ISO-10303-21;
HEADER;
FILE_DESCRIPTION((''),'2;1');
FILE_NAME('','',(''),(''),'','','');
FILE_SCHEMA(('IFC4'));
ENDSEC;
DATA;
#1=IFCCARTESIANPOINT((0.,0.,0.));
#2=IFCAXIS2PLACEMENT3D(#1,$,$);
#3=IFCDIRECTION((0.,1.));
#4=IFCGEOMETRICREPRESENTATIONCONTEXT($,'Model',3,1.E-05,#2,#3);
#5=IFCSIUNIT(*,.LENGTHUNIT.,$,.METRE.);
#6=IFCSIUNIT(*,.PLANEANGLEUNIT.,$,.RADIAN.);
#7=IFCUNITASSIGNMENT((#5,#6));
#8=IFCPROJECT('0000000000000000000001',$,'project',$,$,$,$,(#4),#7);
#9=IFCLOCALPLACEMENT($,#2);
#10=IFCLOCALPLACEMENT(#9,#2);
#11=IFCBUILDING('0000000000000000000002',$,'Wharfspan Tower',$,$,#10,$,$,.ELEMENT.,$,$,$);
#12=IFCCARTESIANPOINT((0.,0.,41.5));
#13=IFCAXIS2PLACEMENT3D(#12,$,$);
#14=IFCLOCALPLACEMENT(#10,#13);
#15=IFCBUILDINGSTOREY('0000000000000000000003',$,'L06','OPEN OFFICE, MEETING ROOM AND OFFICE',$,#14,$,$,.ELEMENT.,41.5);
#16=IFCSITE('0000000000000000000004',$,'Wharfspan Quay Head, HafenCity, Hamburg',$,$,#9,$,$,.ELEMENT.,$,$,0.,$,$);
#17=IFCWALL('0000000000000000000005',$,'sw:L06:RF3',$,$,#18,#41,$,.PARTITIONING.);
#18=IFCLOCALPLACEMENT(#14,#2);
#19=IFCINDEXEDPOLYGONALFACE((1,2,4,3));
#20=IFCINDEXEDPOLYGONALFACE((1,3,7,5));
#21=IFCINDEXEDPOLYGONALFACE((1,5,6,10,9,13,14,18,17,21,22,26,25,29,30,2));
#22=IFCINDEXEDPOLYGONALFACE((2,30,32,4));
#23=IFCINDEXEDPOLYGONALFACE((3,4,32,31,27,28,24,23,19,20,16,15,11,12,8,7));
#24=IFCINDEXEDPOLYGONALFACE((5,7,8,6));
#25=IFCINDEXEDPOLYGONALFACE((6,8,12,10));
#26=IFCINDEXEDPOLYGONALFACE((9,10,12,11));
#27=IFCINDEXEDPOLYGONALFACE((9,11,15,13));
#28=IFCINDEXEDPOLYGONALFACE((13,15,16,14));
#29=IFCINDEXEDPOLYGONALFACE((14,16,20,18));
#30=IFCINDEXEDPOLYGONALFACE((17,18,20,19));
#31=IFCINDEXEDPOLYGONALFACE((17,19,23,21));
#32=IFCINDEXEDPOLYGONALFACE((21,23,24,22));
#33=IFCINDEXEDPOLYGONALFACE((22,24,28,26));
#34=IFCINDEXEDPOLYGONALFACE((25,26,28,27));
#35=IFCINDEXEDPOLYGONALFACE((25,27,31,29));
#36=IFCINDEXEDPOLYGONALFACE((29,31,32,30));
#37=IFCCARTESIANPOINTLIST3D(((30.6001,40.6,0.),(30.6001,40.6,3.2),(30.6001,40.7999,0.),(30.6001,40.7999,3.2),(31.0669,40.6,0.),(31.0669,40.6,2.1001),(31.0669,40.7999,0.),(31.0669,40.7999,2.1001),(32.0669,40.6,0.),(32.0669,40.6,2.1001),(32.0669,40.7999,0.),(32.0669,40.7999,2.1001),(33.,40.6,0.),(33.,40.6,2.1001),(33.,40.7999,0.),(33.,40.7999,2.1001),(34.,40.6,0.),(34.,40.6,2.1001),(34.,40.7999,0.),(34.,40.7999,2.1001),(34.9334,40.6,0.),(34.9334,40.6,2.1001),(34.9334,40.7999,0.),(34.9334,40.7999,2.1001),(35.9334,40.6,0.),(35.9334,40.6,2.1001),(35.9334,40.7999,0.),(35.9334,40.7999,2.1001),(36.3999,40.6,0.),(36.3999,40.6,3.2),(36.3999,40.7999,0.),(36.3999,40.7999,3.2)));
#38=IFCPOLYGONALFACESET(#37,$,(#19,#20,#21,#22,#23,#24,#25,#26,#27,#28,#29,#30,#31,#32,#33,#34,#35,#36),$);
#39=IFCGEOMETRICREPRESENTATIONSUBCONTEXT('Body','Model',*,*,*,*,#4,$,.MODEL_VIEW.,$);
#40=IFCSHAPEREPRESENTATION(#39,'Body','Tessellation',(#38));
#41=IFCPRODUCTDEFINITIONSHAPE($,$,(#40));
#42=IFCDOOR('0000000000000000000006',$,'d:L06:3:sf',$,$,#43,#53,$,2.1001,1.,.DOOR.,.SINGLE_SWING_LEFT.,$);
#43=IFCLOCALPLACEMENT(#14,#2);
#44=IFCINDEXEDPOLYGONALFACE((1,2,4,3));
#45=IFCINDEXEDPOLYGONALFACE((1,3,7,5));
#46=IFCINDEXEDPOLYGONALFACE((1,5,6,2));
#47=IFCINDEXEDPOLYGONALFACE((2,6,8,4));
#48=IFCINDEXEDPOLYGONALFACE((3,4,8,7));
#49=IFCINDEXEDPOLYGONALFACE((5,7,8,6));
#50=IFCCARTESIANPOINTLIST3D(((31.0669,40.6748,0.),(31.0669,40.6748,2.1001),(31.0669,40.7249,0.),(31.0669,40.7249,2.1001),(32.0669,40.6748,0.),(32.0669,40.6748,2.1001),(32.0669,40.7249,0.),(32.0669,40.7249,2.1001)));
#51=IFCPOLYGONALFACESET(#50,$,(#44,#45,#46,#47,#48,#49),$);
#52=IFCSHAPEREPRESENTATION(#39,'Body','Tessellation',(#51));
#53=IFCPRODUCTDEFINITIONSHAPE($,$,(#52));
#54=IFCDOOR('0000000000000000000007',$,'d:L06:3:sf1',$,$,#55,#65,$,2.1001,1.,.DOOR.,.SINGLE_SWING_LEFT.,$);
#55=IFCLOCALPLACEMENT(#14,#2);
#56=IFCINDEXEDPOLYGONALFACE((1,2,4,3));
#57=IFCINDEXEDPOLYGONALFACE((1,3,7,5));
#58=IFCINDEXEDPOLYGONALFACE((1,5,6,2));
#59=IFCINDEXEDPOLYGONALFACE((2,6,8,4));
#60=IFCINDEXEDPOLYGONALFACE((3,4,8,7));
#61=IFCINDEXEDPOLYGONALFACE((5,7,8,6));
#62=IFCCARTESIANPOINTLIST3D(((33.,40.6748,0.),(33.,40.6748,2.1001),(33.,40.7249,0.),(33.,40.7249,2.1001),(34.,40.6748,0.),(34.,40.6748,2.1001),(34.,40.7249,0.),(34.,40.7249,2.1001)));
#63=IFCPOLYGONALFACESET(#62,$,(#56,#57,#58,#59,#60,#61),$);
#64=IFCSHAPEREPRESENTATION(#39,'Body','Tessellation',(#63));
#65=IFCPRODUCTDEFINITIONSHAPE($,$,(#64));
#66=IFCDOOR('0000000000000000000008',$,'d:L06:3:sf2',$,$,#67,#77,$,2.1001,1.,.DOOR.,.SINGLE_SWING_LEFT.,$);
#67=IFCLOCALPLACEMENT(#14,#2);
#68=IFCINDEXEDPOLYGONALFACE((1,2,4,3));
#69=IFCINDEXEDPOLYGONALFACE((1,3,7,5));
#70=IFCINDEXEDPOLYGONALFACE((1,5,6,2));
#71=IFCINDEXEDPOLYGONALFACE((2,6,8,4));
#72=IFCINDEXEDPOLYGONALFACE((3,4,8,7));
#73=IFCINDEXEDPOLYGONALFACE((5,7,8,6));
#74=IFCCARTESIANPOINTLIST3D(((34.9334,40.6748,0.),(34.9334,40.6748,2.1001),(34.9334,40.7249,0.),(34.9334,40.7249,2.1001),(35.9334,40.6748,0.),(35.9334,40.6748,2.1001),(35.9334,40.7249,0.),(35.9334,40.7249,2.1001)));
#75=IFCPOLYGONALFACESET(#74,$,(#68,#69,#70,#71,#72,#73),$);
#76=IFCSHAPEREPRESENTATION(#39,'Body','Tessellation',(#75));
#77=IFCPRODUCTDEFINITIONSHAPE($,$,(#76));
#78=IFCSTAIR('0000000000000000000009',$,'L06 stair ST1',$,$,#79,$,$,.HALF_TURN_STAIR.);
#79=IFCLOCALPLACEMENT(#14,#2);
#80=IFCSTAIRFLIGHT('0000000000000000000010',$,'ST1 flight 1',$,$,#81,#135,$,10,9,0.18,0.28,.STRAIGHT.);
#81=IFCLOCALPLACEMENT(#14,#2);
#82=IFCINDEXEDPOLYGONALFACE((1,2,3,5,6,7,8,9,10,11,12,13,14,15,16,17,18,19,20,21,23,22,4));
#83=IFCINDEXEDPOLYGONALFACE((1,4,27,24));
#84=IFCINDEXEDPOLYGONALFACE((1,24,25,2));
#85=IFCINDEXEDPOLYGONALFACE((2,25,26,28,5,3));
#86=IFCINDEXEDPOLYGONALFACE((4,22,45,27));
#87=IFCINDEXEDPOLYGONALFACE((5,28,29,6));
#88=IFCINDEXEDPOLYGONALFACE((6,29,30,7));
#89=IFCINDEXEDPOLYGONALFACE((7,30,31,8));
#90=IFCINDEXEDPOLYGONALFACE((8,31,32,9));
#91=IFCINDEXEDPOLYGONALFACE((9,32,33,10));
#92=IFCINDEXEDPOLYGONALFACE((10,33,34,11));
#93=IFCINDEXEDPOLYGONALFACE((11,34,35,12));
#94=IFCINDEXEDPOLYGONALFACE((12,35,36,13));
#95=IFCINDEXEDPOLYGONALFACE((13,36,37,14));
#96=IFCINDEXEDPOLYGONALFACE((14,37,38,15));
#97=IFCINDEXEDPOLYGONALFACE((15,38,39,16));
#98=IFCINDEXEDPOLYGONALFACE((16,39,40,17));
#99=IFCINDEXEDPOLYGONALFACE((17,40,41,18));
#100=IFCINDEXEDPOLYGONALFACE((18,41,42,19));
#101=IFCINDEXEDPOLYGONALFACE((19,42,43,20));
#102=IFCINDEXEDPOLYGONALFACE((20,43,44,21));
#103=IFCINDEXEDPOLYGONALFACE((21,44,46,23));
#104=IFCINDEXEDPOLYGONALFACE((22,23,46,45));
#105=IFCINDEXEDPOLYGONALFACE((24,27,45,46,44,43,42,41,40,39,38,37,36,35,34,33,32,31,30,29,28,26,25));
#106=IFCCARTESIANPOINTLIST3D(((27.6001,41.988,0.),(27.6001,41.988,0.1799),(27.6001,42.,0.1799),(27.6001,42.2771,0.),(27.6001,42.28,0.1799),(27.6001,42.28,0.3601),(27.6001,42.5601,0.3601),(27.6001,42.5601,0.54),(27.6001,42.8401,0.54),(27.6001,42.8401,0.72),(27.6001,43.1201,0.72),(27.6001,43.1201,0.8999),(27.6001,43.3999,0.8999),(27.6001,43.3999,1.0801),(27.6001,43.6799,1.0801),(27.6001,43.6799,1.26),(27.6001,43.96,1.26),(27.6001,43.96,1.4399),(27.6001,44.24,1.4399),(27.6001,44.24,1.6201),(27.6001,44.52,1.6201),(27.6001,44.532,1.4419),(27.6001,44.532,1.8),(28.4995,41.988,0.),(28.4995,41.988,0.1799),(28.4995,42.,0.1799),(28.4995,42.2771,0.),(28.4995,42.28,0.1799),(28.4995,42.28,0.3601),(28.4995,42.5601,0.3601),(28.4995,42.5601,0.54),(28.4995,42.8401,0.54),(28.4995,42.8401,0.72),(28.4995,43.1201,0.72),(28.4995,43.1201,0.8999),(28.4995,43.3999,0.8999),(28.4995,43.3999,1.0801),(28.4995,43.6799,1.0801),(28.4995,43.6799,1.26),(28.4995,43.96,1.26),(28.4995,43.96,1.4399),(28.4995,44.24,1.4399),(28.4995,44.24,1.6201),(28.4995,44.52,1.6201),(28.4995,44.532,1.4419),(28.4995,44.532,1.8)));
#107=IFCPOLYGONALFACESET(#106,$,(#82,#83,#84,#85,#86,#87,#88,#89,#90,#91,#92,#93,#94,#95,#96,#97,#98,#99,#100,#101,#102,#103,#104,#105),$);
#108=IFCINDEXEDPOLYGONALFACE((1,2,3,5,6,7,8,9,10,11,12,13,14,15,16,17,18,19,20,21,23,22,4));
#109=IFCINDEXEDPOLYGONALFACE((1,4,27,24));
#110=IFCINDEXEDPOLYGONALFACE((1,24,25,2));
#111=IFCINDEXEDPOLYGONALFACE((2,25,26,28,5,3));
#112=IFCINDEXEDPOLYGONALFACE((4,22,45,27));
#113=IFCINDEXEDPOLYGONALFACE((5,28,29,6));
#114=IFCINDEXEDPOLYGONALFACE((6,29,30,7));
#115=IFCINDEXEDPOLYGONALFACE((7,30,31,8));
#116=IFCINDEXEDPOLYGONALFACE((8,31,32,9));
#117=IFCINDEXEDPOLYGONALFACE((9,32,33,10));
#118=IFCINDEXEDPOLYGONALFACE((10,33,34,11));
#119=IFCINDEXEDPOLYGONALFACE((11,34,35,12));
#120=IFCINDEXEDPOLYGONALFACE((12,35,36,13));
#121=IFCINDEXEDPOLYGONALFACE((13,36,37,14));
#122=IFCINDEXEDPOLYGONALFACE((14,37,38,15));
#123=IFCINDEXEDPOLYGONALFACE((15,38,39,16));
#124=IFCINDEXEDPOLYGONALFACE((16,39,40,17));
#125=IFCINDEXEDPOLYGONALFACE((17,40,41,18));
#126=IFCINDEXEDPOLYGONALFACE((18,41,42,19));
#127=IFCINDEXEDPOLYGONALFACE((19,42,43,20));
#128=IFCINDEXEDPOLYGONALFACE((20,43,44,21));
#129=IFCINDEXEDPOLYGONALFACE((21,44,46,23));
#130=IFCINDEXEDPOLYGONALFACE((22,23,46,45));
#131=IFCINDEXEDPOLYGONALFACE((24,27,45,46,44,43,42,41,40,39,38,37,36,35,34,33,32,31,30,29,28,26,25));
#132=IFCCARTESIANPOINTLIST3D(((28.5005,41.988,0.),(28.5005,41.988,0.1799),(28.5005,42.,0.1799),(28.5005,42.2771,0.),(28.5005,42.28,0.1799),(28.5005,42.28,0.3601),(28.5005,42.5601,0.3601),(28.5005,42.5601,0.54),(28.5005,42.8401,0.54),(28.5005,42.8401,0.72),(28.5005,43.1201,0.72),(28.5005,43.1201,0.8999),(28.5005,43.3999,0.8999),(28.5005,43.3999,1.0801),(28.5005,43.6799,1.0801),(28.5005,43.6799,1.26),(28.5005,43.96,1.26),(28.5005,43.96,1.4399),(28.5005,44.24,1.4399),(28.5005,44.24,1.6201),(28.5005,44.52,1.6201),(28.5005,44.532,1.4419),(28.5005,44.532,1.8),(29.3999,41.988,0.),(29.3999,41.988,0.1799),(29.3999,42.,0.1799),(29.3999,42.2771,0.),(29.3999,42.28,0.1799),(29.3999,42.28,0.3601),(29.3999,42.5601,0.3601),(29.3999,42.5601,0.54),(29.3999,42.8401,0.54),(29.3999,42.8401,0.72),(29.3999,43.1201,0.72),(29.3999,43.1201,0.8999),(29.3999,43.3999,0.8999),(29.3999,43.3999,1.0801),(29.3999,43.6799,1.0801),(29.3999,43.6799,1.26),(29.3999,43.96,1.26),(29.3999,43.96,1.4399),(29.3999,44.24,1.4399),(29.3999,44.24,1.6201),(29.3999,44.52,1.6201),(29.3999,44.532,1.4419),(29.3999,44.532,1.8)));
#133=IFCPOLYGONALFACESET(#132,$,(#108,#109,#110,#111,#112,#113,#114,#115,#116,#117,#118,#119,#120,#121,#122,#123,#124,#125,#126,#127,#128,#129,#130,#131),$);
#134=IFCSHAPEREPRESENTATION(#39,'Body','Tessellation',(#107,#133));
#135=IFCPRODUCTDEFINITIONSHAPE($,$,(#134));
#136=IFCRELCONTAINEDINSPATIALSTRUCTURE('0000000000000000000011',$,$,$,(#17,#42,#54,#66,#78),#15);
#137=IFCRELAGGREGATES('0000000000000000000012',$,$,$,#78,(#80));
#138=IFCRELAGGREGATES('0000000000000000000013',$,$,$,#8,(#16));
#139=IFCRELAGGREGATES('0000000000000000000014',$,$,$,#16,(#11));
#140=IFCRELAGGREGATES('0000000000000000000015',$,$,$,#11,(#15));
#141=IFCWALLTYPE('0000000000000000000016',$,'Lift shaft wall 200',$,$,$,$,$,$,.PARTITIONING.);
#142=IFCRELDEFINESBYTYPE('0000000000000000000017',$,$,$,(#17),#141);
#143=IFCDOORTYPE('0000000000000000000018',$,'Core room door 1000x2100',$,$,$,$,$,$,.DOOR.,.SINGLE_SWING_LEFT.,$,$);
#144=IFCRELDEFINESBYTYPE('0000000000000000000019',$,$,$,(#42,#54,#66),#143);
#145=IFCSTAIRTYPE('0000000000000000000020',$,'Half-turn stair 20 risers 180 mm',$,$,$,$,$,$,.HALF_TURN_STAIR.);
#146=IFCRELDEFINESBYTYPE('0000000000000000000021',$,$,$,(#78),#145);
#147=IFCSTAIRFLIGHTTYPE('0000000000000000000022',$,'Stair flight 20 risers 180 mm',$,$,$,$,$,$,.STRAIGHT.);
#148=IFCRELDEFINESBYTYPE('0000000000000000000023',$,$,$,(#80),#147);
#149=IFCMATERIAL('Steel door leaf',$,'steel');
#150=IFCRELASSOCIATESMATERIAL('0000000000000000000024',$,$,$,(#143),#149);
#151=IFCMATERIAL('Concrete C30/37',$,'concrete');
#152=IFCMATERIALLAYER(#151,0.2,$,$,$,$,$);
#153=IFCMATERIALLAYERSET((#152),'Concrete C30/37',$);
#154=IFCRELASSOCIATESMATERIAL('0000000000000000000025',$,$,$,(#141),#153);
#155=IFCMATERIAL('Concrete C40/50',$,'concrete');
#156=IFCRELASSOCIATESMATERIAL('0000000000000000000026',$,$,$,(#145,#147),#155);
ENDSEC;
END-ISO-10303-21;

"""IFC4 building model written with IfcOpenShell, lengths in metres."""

from ifc_helpers import new_model, si_unit, direction, frame, frame_2d, origin, place, context, subcontext, project, spatial, polyline, rectangle, outline, extrude, material, layer, layer_set, type_object, element, fill, aggregate, save


model = new_model("IFC4")

# Units and contexts
model_context = context("Model", 3, precision=1e-05, world=origin(), true_north=direction((0.0, 1.0)))
body_context = subcontext(model_context, "Body", "Model", "MODEL_VIEW")
ifc_project = project(units=[si_unit("LENGTHUNIT", "METRE"), si_unit("PLANEANGLEUNIT", "RADIAN")], contexts=[model_context])

# Site, building, storey
site_placement = place(None, origin())
site = spatial("IfcSite", under=ifc_project, at=site_placement, Name="Wharfspan Quay Head, HafenCity, Hamburg", CompositionType="ELEMENT", RefElevation=0.0)
building_placement = place(site_placement, origin())
building = spatial("IfcBuilding", under=site, at=building_placement, Name="Wharfspan Tower", CompositionType="ELEMENT")
storey_placement = place(building_placement, frame((0.0, 0.0, 41.5)))
storey = spatial("IfcBuildingStorey", under=building, at=storey_placement, Name="L06", Description="OPEN OFFICE, MEETING ROOM AND OFFICE", CompositionType="ELEMENT", Elevation=41.5)

# Shared definitions
ifc_material_1 = material(Name="Steel door leaf", Category="steel")

# Wall, openings, doors
door_type_1 = type_object("IfcDoorType", Name="Core room door 1000x2100", OperationType="SINGLE_SWING_LEFT", PredefinedType="DOOR", material=ifc_material_1)
ifc_material_2 = material(Name="Concrete C30/37", Category="concrete")
ifc_layer_1 = layer(ifc_material_2, 0.2)
ifc_layer_set_1 = layer_set([ifc_layer_1], Name="Concrete C30/37")
wall_type_1 = type_object("IfcWallType", Name="Lift shaft wall 200", PredefinedType="PARTITIONING", material=ifc_layer_set_1)
wall_1_placement = place(storey_placement, frame((30.6001, 40.7, 0.0), z_axis=(0.0, 0.0, 1.0), x_axis=(1.0, 0.0, 0.0)))
wall_1 = element("IfcWall", 1, at=wall_1_placement, inside=storey, type_object=wall_type_1, Name="sw:L06:RF3", PredefinedType="PARTITIONING", context=body_context, shape_type="SweptSolid", body=[
    extrude(rectangle(XDim=5.7998, YDim=0.2, at=frame_2d((2.8999, 0.0))), origin(), (0.0, 0.0, 1.0), 3.2),
])
opening_1_placement = place(wall_1_placement, frame((0.4668, 0.0, 0.0)))
opening_1 = element("IfcOpeningElement", 2, at=opening_1_placement, cuts=wall_1, PredefinedType="OPENING", context=body_context, shape_type="SweptSolid", body=[
    extrude(rectangle(XDim=1.0, YDim=2.1001, at=frame_2d((0.5, 1.05))), frame((0.0, 0.1099, 0.0), z_axis=(0.0, -1.0, 0.0), x_axis=(1.0, 0.0, 0.0)), (0.0, 0.0, 1.0), 0.22),
])
opening_2_placement = place(wall_1_placement, frame((2.3999, 0.0, 0.0)))
opening_2 = element("IfcOpeningElement", 3, at=opening_2_placement, cuts=wall_1, PredefinedType="OPENING", context=body_context, shape_type="SweptSolid", body=[
    extrude(rectangle(XDim=1.0, YDim=2.1001, at=frame_2d((0.5, 1.05))), frame((0.0, 0.1099, 0.0), z_axis=(0.0, -1.0, 0.0), x_axis=(1.0, 0.0, 0.0)), (0.0, 0.0, 1.0), 0.22),
])
opening_3_placement = place(wall_1_placement, frame((4.3333, 0.0, 0.0)))
opening_3 = element("IfcOpeningElement", 4, at=opening_3_placement, cuts=wall_1, PredefinedType="OPENING", context=body_context, shape_type="SweptSolid", body=[
    extrude(rectangle(XDim=1.0, YDim=2.1001, at=frame_2d((0.5, 1.05))), frame((0.0, 0.1099, 0.0), z_axis=(0.0, -1.0, 0.0), x_axis=(1.0, 0.0, 0.0)), (0.0, 0.0, 1.0), 0.22),
])
door_1_placement = place(opening_1_placement, origin())
door_1 = element("IfcDoor", 5, at=door_1_placement, inside=storey, type_object=door_type_1, Name="d:L06:3:sf", OperationType="SINGLE_SWING_LEFT", OverallHeight=2.1001, OverallWidth=1.0, PredefinedType="DOOR", context=body_context, shape_type="SweptSolid", body=[
    extrude(rectangle(XDim=1.0, YDim=2.1001, at=frame_2d((0.5, 1.05))), frame((0.0, 0.0249, 0.0), z_axis=(0.0, -1.0, 0.0), x_axis=(1.0, 0.0, 0.0)), (0.0, 0.0, 1.0), 0.05),
])
fill(opening_1, door_1)
door_2_placement = place(opening_2_placement, origin())
door_2 = element("IfcDoor", 6, at=door_2_placement, inside=storey, type_object=door_type_1, Name="d:L06:3:sf1", OperationType="SINGLE_SWING_LEFT", OverallHeight=2.1001, OverallWidth=1.0, PredefinedType="DOOR", context=body_context, shape_type="SweptSolid", body=[
    extrude(rectangle(XDim=1.0, YDim=2.1001, at=frame_2d((0.5, 1.05))), frame((0.0, 0.0249, 0.0), z_axis=(0.0, -1.0, 0.0), x_axis=(1.0, 0.0, 0.0)), (0.0, 0.0, 1.0), 0.05),
])
fill(opening_2, door_2)
door_3_placement = place(opening_3_placement, origin())
door_3 = element("IfcDoor", 7, at=door_3_placement, inside=storey, type_object=door_type_1, Name="d:L06:3:sf2", OperationType="SINGLE_SWING_LEFT", OverallHeight=2.1001, OverallWidth=1.0, PredefinedType="DOOR", context=body_context, shape_type="SweptSolid", body=[
    extrude(rectangle(XDim=1.0, YDim=2.1001, at=frame_2d((0.5, 1.05))), frame((0.0, 0.0249, 0.0), z_axis=(0.0, -1.0, 0.0), x_axis=(1.0, 0.0, 0.0)), (0.0, 0.0, 1.0), 0.05),
])
fill(opening_3, door_3)

# Stair, stair flight
ifc_material_3 = material(Name="Concrete C40/50", Category="concrete")
stair_type = type_object("IfcStairType", Name="Half-turn stair 20 risers 180 mm", PredefinedType="HALF_TURN_STAIR", material=ifc_material_3)
stair_placement = place(storey_placement, origin())
stair = element("IfcStair", 8, at=stair_placement, inside=storey, type_object=stair_type, Name="L06 stair ST1", PredefinedType="HALF_TURN_STAIR")
stair_flight_type = type_object("IfcStairFlightType", Name="Stair flight 20 risers 180 mm", PredefinedType="STRAIGHT", material=ifc_material_3)
stair_flight_1_placement = place(storey_placement, frame((28.5, 42.0, 0.0), z_axis=(0.0, 0.0, 1.0), x_axis=(0.0, 1.0, 0.0)))
stair_flight_1 = element("IfcStairFlight", 9, at=stair_flight_1_placement, type_object=stair_flight_type, Name="ST1 flight 1", NumberOfRisers=10, NumberOfTreads=9, PredefinedType="STRAIGHT", RiserHeight=0.18, TreadLength=0.28, context=body_context, shape_type="SweptSolid", body=[
    extrude(outline(polyline([(-0.012, 0.0), (-0.012, 0.1799), (0.0, 0.1799), (0.28, 0.1799), (0.28, 0.3601), (0.5601, 0.3601), (0.5601, 0.54), (0.8401, 0.54), (0.8401, 0.72), (1.1201, 0.72), (1.1201, 0.8999), (1.3999, 0.8999), (1.3999, 1.0801), (1.6799, 1.0801), (1.6799, 1.26), (1.96, 1.26), (1.96, 1.4399), (2.24, 1.4399), (2.24, 1.6201), (2.52, 1.6201), (2.532, 1.8), (2.532, 1.4419), (0.2771, 0.0), (-0.012, 0.0)])), frame((0.0, 0.8999, 0.0), z_axis=(0.0, -1.0, 0.0), x_axis=(1.0, 0.0, 0.0)), (0.0, 0.0, 1.0), 0.8994),
    extrude(outline(polyline([(-0.012, 0.0), (-0.012, 0.1799), (0.0, 0.1799), (0.28, 0.1799), (0.28, 0.3601), (0.5601, 0.3601), (0.5601, 0.54), (0.8401, 0.54), (0.8401, 0.72), (1.1201, 0.72), (1.1201, 0.8999), (1.3999, 0.8999), (1.3999, 1.0801), (1.6799, 1.0801), (1.6799, 1.26), (1.96, 1.26), (1.96, 1.4399), (2.24, 1.4399), (2.24, 1.6201), (2.52, 1.6201), (2.532, 1.8), (2.532, 1.4419), (0.2771, 0.0), (-0.012, 0.0)])), frame((0.0, -0.0005, 0.0), z_axis=(0.0, -1.0, 0.0), x_axis=(1.0, 0.0, 0.0)), (0.0, 0.0, 1.0), 0.8994),
])
aggregate(stair, [stair_flight_1])

save(model, "model.ifc")
